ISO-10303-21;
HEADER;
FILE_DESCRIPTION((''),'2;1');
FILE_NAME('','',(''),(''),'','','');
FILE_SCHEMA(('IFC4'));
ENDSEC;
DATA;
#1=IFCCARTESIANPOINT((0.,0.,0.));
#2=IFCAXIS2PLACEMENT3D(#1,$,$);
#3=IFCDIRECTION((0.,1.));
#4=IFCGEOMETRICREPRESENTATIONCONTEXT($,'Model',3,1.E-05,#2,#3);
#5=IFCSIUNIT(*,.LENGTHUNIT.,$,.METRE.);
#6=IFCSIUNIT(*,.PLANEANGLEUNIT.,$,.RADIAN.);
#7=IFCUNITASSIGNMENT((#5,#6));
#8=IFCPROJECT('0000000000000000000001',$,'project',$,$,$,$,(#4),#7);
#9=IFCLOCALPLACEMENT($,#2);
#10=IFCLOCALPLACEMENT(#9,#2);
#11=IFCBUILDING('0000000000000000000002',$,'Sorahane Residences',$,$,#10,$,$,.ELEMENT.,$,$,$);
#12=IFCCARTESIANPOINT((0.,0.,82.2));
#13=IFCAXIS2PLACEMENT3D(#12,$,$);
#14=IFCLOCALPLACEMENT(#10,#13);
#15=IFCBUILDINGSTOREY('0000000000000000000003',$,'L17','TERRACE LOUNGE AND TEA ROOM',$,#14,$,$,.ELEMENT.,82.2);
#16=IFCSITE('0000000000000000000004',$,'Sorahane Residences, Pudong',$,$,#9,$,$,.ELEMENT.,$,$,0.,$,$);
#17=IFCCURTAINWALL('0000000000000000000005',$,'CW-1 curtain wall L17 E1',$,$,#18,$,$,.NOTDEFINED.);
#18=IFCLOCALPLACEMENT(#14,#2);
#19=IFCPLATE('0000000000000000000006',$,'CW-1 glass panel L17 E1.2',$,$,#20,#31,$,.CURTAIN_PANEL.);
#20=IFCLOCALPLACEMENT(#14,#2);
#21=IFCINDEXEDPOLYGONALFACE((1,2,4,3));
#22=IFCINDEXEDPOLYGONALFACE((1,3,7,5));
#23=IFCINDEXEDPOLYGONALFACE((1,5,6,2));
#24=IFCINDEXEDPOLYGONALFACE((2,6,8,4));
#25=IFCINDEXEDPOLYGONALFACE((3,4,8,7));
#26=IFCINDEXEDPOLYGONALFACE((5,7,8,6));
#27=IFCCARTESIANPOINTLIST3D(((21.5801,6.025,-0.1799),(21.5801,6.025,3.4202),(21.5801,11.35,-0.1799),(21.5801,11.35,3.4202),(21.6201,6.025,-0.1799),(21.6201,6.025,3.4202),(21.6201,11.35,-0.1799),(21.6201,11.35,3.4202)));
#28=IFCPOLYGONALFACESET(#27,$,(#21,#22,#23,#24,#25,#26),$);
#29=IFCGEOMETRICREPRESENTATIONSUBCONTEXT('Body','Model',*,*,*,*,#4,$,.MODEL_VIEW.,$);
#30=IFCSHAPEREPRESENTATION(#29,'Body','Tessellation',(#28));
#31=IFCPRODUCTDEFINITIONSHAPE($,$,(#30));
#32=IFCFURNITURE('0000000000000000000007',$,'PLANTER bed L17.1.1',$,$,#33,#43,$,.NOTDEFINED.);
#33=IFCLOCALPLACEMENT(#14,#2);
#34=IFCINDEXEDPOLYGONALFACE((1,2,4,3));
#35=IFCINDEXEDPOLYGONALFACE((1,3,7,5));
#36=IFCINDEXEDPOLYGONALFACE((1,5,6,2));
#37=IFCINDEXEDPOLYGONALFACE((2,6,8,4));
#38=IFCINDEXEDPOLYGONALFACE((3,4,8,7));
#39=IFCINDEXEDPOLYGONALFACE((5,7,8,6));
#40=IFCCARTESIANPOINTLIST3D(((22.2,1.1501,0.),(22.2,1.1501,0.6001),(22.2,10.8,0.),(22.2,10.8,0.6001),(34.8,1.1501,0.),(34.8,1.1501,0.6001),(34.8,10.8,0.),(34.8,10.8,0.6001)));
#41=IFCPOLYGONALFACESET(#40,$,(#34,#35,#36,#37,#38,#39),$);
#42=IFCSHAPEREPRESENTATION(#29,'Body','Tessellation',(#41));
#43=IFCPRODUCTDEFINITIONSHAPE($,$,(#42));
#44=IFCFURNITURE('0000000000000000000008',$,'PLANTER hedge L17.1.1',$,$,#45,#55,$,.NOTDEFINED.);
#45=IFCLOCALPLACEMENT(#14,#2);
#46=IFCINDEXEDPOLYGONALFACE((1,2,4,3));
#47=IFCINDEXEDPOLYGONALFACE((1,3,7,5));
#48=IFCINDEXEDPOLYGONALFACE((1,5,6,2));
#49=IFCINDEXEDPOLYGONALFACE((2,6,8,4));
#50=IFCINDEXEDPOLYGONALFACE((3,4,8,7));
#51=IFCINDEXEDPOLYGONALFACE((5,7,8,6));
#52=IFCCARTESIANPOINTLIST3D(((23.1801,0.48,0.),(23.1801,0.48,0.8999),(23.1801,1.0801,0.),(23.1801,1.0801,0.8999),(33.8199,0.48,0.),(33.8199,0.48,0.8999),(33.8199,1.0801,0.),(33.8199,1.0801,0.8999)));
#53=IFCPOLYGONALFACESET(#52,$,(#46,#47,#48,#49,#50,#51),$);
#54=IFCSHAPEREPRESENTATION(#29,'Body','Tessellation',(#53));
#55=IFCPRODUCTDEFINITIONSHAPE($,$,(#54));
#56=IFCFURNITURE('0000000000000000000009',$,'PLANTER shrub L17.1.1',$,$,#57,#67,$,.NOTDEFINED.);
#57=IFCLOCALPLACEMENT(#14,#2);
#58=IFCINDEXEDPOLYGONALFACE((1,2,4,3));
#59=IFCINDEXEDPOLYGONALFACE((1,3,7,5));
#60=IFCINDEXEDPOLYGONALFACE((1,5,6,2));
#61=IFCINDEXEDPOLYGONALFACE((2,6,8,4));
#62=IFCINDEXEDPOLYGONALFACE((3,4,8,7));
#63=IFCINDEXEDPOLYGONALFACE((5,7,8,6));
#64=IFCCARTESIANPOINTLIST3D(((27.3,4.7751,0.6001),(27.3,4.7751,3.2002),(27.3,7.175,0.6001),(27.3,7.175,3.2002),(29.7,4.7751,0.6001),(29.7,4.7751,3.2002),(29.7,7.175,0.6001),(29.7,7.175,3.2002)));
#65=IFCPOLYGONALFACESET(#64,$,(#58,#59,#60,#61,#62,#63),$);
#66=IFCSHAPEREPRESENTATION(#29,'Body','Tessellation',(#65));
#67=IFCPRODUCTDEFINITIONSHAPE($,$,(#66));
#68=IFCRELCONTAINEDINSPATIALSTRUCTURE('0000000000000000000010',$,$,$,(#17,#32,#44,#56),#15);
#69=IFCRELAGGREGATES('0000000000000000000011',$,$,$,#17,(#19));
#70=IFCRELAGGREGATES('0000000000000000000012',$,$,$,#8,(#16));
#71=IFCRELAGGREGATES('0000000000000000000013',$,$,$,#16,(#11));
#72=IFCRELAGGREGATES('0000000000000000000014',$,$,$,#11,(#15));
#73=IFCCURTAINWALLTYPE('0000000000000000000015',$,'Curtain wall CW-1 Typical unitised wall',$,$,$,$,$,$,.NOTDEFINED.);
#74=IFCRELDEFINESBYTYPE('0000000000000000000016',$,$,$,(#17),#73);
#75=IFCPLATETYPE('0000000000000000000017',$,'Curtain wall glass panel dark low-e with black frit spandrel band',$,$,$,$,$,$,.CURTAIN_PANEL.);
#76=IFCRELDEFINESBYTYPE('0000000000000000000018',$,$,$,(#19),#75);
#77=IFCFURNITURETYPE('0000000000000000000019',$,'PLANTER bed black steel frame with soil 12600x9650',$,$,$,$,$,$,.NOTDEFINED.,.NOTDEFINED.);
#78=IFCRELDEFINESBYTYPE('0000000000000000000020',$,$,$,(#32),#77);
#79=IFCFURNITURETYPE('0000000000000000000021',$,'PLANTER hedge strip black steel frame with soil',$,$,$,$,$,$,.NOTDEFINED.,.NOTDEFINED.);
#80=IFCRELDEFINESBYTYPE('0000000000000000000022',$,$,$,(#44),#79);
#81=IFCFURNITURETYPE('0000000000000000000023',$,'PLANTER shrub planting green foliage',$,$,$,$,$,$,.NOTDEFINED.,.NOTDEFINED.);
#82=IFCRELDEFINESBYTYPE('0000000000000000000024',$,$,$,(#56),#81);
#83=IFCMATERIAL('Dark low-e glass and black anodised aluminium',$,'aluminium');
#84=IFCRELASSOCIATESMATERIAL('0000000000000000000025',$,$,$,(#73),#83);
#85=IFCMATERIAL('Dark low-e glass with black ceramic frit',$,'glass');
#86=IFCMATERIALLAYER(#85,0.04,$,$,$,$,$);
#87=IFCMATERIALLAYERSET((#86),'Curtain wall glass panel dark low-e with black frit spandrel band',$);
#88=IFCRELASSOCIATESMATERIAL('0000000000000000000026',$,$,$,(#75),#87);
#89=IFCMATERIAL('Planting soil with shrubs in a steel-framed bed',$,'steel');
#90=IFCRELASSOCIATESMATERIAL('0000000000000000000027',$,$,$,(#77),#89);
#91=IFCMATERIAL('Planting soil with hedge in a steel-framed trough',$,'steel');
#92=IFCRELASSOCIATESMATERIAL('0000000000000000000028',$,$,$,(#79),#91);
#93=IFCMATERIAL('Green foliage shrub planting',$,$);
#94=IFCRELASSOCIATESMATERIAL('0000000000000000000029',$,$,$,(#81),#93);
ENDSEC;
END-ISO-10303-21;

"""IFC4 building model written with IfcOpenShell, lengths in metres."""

from ifc_helpers import new_model, si_unit, direction, frame, origin, origin_2d, place, context, subcontext, project, spatial, rectangle, extrude, material, layer, layer_set, type_object, element, aggregate, save


model = new_model("IFC4")

# Units and contexts
model_context = context("Model", 3, precision=1e-05, world=origin(), true_north=direction((0.0, 1.0)))
body_context = subcontext(model_context, "Body", "Model", "MODEL_VIEW")
ifc_project = project(units=[si_unit("LENGTHUNIT", "METRE"), si_unit("PLANEANGLEUNIT", "RADIAN")], contexts=[model_context])

# Site, building, storey
site_placement = place(None, origin())
site = spatial("IfcSite", under=ifc_project, at=site_placement, Name="Sorahane Residences, Pudong", CompositionType="ELEMENT", RefElevation=0.0)
building_placement = place(site_placement, origin())
building = spatial("IfcBuilding", under=site, at=building_placement, Name="Sorahane Residences", CompositionType="ELEMENT")
storey_placement = place(building_placement, frame((0.0, 0.0, 82.2)))
storey = spatial("IfcBuildingStorey", under=building, at=storey_placement, Name="L17", Description="TERRACE LOUNGE AND TEA ROOM", CompositionType="ELEMENT", Elevation=82.2)

# Curtain wall
ifc_material_1 = material(Name="Dark low-e glass and black anodised aluminium", Category="aluminium")
curtain_wall_type = type_object("IfcCurtainWallType", Name="Curtain wall CW-1 Typical unitised wall", PredefinedType="NOTDEFINED", material=ifc_material_1)
curtain_wall_1_placement = place(storey_placement, origin())
curtain_wall_1 = element("IfcCurtainWall", 1, at=curtain_wall_1_placement, inside=storey, type_object=curtain_wall_type, Name="CW-1 curtain wall L17 E1", PredefinedType="NOTDEFINED")

# Plate
ifc_material_2 = material(Name="Dark low-e glass with black ceramic frit", Category="glass")
ifc_layer = layer(ifc_material_2, 0.04)
ifc_layer_set = layer_set([ifc_layer], Name="Curtain wall glass panel dark low-e with black frit spandrel band")
plate_type = type_object("IfcPlateType", Name="Curtain wall glass panel dark low-e with black frit spandrel band", PredefinedType="CURTAIN_PANEL", material=ifc_layer_set)
plate_1_placement = place(storey_placement, frame((21.6001, 8.6875, -0.1799), z_axis=(0.0, 0.0, 1.0), x_axis=(0.0, 1.0, 0.0)))
plate_1 = element("IfcPlate", 2, at=plate_1_placement, type_object=plate_type, Name="CW-1 glass panel L17 E1.2", PredefinedType="CURTAIN_PANEL", context=body_context, shape_type="SweptSolid", body=[
    extrude(rectangle(XDim=5.325, YDim=0.04, at=origin_2d()), origin(), (0.0, 0.0, 1.0), 3.6001),
])
aggregate(curtain_wall_1, [plate_1])

# Furniture
ifc_material_3 = material(Name="Planting soil with shrubs in a steel-framed bed", Category="steel")
furniture_type_1 = type_object("IfcFurnitureType", Name="PLANTER bed black steel frame with soil 12600x9650", AssemblyPlace="NOTDEFINED", PredefinedType="NOTDEFINED", material=ifc_material_3)
furniture_1_placement = place(storey_placement, frame((28.5, 5.9751, 0.0), z_axis=(0.0, 0.0, 1.0), x_axis=(1.0, 0.0, 0.0)))
element("IfcFurniture", 3, at=furniture_1_placement, inside=storey, type_object=furniture_type_1, Name="PLANTER bed L17.1.1", PredefinedType="NOTDEFINED", context=body_context, shape_type="SweptSolid", body=[
    extrude(rectangle(XDim=12.6001, YDim=9.6499, at=origin_2d()), origin(), (0.0, 0.0, 1.0), 0.6001),
])
ifc_material_4 = material(Name="Planting soil with hedge in a steel-framed trough", Category="steel")
furniture_type_2 = type_object("IfcFurnitureType", Name="PLANTER hedge strip black steel frame with soil", AssemblyPlace="NOTDEFINED", PredefinedType="NOTDEFINED", material=ifc_material_4)
furniture_2_placement = place(storey_placement, frame((28.5, 0.78, 0.0), z_axis=(0.0, 0.0, 1.0), x_axis=(-1.0, 0.0, 0.0)))
element("IfcFurniture", 4, at=furniture_2_placement, inside=storey, type_object=furniture_type_2, Name="PLANTER hedge L17.1.1", PredefinedType="NOTDEFINED", context=body_context, shape_type="SweptSolid", body=[
    extrude(rectangle(XDim=10.6399, YDim=0.6001, at=origin_2d()), origin(), (0.0, 0.0, 1.0), 0.8999),
])
ifc_material_5 = material(Name="Green foliage shrub planting")
furniture_type_3 = type_object("IfcFurnitureType", Name="PLANTER shrub planting green foliage", AssemblyPlace="NOTDEFINED", PredefinedType="NOTDEFINED", material=ifc_material_5)
furniture_3_placement = place(storey_placement, frame((28.5, 5.9751, 0.6001), z_axis=(0.0, 0.0, 1.0), x_axis=(1.0, 0.0, 0.0)))
element("IfcFurniture", 5, at=furniture_3_placement, inside=storey, type_object=furniture_type_3, Name="PLANTER shrub L17.1.1", PredefinedType="NOTDEFINED", context=body_context, shape_type="SweptSolid", body=[
    extrude(rectangle(XDim=2.3999, YDim=2.3999, at=origin_2d()), origin(), (0.0, 0.0, 1.0), 2.6001),
])

save(model, "model.ifc")
